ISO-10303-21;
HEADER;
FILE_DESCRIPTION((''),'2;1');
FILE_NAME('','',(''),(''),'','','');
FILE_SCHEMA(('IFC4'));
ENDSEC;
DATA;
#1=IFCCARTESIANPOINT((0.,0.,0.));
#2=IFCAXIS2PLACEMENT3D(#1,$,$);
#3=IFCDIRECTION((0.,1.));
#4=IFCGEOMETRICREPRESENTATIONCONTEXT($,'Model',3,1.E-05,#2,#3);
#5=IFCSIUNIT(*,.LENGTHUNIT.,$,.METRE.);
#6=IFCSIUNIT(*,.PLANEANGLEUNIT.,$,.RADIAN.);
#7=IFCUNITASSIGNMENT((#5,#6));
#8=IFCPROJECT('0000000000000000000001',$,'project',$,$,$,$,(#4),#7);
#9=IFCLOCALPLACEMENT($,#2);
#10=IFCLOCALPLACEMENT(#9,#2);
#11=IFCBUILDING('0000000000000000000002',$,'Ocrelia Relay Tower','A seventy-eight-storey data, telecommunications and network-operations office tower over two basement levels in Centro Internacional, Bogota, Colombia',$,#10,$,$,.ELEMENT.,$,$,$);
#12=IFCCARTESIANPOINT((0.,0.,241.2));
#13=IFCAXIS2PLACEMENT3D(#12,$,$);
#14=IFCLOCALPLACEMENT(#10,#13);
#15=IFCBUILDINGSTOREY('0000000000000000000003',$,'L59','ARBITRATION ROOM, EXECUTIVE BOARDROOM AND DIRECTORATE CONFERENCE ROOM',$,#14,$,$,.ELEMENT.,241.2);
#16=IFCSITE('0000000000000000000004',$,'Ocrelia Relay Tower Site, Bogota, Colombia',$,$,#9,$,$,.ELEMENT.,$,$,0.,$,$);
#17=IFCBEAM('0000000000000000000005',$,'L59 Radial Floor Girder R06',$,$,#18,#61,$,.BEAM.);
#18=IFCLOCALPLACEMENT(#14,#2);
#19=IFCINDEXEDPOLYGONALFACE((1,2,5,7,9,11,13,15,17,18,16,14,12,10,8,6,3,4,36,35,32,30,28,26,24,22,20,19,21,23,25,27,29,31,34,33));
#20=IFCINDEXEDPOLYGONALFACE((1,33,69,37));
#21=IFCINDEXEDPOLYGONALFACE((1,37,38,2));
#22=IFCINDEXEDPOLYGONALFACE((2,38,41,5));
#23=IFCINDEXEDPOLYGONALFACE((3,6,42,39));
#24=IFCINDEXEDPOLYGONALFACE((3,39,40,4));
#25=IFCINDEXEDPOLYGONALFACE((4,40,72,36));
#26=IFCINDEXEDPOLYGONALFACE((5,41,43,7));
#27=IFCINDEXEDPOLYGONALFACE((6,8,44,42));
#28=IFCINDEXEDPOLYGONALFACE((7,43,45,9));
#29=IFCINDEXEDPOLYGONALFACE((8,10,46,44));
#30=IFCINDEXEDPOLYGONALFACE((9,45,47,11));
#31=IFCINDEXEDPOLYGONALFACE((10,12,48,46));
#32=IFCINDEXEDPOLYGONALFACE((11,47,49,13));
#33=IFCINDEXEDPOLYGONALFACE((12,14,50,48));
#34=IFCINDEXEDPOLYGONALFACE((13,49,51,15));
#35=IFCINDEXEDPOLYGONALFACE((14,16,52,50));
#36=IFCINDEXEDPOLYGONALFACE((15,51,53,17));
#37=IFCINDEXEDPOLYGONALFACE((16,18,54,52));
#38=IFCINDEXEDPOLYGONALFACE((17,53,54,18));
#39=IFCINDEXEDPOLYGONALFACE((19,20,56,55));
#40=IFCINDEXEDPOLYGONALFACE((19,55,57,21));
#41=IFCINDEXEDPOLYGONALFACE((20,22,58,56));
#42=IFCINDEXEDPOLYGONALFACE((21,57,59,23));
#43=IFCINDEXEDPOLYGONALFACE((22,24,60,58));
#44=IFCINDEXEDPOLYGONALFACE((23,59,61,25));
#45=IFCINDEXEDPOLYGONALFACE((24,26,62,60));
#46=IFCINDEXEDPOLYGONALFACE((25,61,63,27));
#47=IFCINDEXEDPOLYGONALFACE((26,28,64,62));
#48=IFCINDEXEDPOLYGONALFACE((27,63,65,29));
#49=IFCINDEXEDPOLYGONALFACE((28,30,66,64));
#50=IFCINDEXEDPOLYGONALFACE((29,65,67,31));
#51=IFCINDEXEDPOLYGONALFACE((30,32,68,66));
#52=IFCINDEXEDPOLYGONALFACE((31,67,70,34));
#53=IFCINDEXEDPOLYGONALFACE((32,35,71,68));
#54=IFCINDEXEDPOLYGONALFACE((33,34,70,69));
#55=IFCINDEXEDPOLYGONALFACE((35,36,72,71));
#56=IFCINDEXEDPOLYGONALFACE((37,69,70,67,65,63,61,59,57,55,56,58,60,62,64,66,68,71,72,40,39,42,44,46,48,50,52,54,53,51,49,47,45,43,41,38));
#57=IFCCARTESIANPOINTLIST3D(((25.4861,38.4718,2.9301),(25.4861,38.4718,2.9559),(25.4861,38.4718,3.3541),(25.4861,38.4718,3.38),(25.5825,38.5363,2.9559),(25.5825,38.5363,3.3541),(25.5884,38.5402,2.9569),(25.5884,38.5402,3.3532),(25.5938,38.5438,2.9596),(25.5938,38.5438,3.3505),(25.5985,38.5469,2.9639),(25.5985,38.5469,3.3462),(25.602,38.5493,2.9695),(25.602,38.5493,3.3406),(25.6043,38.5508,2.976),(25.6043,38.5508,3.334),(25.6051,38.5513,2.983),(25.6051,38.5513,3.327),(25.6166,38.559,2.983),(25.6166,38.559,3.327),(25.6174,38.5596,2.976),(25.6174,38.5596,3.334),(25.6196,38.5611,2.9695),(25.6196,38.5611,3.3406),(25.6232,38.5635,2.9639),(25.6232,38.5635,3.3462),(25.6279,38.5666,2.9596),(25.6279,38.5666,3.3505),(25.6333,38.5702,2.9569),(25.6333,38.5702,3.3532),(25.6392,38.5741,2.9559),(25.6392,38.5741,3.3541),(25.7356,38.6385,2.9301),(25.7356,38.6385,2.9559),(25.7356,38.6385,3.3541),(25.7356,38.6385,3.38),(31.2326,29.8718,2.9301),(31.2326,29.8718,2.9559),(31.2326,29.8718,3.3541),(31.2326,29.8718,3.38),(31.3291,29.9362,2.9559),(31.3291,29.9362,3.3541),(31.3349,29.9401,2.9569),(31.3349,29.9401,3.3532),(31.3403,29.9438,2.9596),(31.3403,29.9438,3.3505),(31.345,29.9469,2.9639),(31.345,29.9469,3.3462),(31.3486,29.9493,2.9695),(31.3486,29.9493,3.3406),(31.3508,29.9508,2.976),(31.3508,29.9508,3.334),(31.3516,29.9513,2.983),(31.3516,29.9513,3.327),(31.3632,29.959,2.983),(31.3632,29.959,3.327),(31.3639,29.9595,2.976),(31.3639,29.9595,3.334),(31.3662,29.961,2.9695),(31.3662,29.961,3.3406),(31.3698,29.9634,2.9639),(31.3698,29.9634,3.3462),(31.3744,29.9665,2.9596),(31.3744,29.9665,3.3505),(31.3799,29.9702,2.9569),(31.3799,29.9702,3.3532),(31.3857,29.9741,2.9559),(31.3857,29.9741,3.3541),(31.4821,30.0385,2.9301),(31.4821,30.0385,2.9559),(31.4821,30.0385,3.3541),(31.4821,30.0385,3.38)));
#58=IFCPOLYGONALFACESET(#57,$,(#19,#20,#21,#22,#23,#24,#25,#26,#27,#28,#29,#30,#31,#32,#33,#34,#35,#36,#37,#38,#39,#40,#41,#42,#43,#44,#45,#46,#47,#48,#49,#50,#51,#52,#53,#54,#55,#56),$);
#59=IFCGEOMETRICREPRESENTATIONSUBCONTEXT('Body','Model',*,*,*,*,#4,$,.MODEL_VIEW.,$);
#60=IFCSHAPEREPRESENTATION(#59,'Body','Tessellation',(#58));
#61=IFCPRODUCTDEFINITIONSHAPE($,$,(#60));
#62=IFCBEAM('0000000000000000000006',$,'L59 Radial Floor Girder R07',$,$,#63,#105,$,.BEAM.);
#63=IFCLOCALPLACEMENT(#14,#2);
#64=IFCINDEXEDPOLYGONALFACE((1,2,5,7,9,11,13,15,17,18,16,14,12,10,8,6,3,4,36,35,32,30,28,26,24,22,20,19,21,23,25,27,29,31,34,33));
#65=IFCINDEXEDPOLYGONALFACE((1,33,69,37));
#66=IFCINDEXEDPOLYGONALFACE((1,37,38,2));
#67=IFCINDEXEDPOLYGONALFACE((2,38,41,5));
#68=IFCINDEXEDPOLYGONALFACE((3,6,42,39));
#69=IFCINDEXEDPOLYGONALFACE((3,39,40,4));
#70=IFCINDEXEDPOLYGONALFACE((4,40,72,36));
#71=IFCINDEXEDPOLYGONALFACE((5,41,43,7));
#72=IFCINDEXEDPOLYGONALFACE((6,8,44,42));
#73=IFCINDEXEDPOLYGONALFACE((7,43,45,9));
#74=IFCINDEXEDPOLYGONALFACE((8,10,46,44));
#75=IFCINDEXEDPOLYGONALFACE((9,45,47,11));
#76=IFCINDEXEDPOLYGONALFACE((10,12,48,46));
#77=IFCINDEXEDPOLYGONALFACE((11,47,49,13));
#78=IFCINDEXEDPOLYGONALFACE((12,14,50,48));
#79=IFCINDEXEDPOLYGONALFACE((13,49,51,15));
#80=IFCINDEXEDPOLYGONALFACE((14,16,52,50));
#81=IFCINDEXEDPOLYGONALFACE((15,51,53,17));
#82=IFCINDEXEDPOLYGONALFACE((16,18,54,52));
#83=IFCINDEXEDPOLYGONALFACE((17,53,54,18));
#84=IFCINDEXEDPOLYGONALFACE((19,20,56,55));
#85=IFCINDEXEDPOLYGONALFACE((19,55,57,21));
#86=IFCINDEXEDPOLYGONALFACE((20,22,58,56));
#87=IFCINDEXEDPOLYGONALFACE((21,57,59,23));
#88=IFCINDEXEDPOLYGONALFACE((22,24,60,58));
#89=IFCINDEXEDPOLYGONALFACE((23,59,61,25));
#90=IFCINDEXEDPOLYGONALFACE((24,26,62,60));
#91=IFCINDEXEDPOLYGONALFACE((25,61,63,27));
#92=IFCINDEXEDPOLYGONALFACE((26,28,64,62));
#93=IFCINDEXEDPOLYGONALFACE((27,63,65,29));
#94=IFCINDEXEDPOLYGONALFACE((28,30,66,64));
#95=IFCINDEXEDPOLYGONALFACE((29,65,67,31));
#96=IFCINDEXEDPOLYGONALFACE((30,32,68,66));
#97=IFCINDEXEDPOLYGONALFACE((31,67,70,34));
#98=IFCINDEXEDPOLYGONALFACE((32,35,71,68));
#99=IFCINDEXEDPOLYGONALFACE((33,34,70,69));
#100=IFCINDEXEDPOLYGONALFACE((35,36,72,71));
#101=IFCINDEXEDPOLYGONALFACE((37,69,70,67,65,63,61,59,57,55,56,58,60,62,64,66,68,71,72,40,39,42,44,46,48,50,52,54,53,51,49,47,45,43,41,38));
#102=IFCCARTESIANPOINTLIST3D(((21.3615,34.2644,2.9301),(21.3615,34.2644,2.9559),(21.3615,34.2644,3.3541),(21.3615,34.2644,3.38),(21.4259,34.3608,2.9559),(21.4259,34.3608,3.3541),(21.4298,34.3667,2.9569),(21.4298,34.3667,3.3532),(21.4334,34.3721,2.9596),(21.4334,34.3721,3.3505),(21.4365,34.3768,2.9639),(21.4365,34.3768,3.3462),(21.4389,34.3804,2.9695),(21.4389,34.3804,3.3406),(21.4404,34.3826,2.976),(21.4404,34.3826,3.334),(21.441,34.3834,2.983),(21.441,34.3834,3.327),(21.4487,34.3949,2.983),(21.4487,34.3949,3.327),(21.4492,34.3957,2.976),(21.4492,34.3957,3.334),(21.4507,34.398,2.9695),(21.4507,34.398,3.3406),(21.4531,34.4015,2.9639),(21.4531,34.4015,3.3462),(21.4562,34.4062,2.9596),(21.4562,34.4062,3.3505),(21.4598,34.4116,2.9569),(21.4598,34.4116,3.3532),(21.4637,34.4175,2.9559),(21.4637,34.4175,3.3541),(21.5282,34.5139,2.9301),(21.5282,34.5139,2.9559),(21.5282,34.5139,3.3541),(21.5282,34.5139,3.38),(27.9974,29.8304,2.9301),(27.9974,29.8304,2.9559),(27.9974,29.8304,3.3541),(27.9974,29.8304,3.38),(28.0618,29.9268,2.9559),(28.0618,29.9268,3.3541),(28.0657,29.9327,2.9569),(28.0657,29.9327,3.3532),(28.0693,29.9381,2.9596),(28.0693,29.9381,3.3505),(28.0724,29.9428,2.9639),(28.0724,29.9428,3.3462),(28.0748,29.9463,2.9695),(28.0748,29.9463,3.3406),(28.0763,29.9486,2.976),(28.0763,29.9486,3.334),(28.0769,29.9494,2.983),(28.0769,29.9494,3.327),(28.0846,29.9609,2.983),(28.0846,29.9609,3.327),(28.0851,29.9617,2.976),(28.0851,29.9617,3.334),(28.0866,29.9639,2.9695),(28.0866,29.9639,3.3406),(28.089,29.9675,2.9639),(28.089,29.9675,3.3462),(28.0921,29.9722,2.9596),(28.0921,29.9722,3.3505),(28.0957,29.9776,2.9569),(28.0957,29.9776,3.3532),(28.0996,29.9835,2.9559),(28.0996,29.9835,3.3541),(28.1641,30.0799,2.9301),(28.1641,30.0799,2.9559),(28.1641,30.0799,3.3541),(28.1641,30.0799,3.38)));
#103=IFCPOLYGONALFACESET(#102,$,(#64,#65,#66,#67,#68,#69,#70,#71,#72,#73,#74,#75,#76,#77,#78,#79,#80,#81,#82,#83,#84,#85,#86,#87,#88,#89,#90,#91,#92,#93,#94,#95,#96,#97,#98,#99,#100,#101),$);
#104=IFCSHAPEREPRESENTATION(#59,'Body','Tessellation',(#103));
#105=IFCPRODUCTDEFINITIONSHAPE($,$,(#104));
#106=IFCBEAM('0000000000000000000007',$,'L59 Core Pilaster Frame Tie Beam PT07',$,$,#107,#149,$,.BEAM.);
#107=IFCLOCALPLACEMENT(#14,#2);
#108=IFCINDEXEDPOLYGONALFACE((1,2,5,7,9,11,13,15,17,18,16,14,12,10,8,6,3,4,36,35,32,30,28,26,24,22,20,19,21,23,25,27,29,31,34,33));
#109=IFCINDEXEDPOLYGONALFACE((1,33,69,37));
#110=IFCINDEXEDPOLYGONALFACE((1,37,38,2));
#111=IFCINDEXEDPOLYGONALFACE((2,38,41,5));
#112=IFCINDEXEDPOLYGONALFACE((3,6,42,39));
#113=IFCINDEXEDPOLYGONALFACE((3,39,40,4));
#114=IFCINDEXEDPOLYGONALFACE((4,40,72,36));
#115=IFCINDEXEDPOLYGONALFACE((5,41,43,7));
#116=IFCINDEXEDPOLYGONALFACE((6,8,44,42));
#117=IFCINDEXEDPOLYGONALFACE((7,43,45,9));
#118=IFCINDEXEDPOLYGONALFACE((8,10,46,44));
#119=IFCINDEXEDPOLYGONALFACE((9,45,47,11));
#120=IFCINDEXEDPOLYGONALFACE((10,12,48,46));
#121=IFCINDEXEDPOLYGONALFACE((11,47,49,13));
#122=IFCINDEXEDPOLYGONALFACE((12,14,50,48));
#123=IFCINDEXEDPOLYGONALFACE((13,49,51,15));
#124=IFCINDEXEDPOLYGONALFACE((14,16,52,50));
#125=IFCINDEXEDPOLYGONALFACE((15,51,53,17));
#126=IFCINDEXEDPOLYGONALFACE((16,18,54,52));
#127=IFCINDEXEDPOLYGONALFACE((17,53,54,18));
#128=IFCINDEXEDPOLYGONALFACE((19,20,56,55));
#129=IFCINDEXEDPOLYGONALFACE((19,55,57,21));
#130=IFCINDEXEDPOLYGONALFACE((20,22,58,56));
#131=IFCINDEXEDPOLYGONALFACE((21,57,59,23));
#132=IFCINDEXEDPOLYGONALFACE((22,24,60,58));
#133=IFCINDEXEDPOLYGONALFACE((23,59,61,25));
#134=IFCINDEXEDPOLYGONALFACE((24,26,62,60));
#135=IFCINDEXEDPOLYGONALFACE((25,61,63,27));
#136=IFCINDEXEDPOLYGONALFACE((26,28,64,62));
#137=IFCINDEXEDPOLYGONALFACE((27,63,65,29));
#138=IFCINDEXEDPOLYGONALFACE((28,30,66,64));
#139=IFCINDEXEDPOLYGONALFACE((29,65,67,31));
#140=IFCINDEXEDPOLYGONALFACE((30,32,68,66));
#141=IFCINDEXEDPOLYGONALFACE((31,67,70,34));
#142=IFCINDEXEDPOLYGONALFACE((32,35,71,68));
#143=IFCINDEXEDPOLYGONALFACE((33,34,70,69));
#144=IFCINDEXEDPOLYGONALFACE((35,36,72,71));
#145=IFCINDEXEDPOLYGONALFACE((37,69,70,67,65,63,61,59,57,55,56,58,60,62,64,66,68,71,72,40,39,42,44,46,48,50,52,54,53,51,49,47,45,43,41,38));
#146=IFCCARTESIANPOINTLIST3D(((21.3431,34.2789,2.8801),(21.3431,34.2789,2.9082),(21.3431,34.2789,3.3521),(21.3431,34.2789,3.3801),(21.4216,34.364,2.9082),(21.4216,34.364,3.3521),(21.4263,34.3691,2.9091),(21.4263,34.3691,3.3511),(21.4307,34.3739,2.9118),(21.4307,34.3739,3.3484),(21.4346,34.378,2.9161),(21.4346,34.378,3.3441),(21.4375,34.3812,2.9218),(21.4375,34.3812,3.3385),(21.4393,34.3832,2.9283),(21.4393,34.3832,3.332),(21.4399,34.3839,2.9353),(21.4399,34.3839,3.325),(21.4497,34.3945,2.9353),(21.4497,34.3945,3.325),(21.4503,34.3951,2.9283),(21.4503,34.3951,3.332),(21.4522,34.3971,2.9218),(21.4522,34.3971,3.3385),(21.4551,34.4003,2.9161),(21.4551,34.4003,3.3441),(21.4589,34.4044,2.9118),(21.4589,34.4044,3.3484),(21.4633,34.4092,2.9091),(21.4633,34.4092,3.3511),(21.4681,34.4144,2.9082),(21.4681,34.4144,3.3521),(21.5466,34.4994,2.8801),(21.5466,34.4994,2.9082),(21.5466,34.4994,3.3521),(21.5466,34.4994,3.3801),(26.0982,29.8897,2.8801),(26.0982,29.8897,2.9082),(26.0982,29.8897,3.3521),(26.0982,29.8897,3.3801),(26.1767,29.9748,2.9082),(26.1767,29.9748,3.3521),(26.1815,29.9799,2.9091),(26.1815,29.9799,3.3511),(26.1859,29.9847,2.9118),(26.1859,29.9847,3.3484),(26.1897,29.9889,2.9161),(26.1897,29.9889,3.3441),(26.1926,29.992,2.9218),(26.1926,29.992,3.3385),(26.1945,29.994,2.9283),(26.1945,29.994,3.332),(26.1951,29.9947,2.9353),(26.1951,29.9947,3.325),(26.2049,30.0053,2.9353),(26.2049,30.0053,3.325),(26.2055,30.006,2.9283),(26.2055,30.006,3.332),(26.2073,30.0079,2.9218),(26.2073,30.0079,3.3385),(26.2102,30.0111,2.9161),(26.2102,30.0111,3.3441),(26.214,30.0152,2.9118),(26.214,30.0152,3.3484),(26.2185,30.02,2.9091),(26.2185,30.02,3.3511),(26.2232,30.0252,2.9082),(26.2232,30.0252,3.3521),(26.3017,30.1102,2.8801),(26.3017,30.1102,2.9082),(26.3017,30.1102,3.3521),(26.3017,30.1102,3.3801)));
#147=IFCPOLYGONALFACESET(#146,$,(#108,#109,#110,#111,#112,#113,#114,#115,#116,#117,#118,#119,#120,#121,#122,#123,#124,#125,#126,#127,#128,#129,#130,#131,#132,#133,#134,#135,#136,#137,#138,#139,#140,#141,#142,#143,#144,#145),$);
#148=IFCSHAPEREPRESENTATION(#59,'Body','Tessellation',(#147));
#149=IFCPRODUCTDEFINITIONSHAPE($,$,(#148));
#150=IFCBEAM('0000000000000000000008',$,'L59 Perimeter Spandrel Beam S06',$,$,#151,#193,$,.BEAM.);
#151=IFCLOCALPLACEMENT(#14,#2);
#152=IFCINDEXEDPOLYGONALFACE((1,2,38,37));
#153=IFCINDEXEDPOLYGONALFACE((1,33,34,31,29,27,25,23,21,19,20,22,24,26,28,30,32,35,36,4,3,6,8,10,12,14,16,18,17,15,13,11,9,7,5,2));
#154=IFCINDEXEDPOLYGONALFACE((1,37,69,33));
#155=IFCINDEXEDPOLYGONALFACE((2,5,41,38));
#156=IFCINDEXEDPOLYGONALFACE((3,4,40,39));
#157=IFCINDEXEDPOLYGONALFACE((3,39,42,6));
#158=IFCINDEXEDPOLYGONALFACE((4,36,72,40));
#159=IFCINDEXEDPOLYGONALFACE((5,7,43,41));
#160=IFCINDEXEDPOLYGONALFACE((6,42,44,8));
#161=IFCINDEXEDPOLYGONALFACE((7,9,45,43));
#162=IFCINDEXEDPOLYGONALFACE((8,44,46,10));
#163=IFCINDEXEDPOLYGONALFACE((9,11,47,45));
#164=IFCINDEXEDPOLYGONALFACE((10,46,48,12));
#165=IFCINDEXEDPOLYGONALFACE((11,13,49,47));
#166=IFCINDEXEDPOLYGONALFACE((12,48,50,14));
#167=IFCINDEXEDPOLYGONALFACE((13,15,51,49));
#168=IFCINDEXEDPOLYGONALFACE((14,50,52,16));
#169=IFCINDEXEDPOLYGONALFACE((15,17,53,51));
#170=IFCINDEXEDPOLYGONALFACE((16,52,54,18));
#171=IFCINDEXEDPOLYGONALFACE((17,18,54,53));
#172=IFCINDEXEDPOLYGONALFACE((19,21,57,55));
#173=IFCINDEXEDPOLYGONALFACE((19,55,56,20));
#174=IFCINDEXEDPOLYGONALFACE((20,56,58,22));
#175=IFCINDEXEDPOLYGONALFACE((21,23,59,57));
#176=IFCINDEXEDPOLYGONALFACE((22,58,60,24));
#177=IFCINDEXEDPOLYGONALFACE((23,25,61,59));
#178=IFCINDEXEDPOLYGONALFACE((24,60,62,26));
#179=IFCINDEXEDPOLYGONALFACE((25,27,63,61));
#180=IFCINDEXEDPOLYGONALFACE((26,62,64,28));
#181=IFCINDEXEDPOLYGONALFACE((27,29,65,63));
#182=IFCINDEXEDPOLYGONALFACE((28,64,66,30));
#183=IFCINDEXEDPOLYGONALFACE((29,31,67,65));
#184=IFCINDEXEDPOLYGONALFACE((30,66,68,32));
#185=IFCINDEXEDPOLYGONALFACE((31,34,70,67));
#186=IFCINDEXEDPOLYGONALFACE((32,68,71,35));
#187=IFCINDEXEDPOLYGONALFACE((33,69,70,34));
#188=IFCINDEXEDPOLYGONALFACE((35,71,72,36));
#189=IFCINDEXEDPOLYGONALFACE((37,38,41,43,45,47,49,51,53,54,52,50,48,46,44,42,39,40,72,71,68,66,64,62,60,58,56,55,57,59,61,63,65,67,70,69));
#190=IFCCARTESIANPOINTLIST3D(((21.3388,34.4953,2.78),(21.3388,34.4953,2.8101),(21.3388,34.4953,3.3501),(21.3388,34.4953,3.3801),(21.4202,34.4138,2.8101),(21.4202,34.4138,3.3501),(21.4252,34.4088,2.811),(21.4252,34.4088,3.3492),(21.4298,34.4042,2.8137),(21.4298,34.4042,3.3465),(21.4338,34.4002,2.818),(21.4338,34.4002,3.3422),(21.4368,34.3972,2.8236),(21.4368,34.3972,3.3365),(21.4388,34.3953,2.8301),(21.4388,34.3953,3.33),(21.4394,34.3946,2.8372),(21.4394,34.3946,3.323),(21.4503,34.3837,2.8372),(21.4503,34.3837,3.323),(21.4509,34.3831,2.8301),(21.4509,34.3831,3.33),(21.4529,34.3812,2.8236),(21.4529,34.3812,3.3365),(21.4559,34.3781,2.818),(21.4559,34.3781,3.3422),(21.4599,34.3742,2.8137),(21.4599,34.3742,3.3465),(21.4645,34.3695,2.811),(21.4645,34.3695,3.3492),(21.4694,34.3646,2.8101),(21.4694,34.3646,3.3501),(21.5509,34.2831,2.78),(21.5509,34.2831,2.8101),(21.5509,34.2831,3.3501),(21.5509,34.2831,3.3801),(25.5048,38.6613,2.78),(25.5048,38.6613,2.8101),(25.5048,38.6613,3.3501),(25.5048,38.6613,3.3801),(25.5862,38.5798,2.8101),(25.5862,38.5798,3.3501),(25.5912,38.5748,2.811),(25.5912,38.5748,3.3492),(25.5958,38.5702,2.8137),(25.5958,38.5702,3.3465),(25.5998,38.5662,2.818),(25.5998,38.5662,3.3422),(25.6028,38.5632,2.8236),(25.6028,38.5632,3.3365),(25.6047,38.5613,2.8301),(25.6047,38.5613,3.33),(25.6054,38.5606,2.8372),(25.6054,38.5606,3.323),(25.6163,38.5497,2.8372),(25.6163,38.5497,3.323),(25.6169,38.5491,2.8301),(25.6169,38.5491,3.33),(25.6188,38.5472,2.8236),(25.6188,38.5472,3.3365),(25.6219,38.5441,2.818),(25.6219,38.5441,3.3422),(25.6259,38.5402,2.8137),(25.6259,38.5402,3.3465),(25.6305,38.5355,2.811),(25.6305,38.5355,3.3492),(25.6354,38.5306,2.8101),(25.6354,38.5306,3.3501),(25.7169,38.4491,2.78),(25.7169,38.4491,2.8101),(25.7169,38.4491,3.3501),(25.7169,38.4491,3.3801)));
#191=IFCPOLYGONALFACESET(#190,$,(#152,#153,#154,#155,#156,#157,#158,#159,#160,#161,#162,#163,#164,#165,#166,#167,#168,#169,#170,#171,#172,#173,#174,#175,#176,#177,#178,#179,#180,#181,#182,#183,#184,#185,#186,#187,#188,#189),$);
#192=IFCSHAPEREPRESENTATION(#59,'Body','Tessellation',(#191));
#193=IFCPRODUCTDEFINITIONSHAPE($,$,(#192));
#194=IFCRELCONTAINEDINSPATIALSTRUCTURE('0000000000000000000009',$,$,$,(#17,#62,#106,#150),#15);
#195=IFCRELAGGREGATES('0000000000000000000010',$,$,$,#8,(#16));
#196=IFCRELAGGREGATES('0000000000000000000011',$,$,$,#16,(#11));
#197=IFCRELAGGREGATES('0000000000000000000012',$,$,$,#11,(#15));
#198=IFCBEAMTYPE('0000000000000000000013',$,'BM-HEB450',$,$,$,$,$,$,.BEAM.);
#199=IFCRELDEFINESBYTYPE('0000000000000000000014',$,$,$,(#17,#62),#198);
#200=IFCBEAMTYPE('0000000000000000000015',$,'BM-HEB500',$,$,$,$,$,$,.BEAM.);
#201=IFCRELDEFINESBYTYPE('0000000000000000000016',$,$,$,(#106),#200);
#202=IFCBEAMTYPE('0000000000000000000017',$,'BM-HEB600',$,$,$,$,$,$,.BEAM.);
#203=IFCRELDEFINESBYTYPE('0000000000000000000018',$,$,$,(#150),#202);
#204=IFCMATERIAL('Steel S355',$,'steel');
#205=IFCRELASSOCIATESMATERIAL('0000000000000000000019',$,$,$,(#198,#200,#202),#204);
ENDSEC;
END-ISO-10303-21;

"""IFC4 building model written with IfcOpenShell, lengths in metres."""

from ifc_helpers import new_model, si_unit, direction, frame, origin, origin_2d, place, context, subcontext, project, spatial, i_section, extrude, material, material_profile, profile_set, type_object, element, save


model = new_model("IFC4")

# Units and contexts
model_context = context("Model", 3, precision=1e-05, world=origin(), true_north=direction((0.0, 1.0)))
body_context = subcontext(model_context, "Body", "Model", "MODEL_VIEW")
ifc_project = project(units=[si_unit("LENGTHUNIT", "METRE"), si_unit("PLANEANGLEUNIT", "RADIAN")], contexts=[model_context])

# Site, building, storey
site_placement = place(None, origin())
site = spatial("IfcSite", under=ifc_project, at=site_placement, Name="Ocrelia Relay Tower Site, Bogota, Colombia", CompositionType="ELEMENT", RefElevation=0.0)
building_placement = place(site_placement, origin())
building = spatial("IfcBuilding", under=site, at=building_placement, Name="Ocrelia Relay Tower", Description="A seventy-eight-storey data, telecommunications and network-operations office tower over two basement levels in Centro Internacional, Bogota, Colombia", CompositionType="ELEMENT")
storey_placement = place(building_placement, frame((0.0, 0.0, 241.2)))
storey = spatial("IfcBuildingStorey", under=building, at=storey_placement, Name="L59", Description="ARBITRATION ROOM, EXECUTIVE BOARDROOM AND DIRECTORATE CONFERENCE ROOM", CompositionType="ELEMENT", Elevation=241.2)

# Beams
ifc_material_1 = material(Name="Steel S355", Category="steel")
ifc_material_profile_1 = material_profile(ifc_material_1, i_section(OverallWidth=0.3, OverallDepth=0.45, WebThickness=0.0139, FlangeThickness=0.0259, FilletRadius=0.0271, at=origin_2d()), Name="HEB 450")
ifc_profile_set_1 = profile_set([ifc_material_profile_1], Name="Steel S355")
beam_type_1 = type_object("IfcBeamType", Name="BM-HEB450", PredefinedType="BEAM", material=ifc_profile_set_1)
beam_1_placement = place(storey_placement, frame((25.6108, 38.5552, 3.155), z_axis=(0.555582, -0.831462, 0.0), x_axis=(0.831462, 0.555582, 0.0)))
element("IfcBeam", 1, at=beam_1_placement, inside=storey, type_object=beam_type_1, Name="L59 Radial Floor Girder R06", PredefinedType="BEAM", context=body_context, shape_type="SweptSolid", body=[
    extrude(i_section(OverallWidth=0.3, OverallDepth=0.45, WebThickness=0.0139, FlangeThickness=0.0259, FilletRadius=0.0271, at=origin_2d()), origin(), (0.0, 0.0, 1.0), 10.3433),
])
beam_2_placement = place(storey_placement, frame((21.4448, 34.3892, 3.155), z_axis=(0.831466, -0.555575, 0.0), x_axis=(0.555575, 0.831466, 0.0)))
element("IfcBeam", 2, at=beam_2_placement, inside=storey, type_object=beam_type_1, Name="L59 Radial Floor Girder R07", PredefinedType="BEAM", context=body_context, shape_type="SweptSolid", body=[
    extrude(i_section(OverallWidth=0.3, OverallDepth=0.45, WebThickness=0.0139, FlangeThickness=0.0259, FilletRadius=0.0271, at=origin_2d()), origin(), (0.0, 0.0, 1.0), 7.981),
])
ifc_material_profile_2 = material_profile(ifc_material_1, i_section(OverallWidth=0.3, OverallDepth=0.5, WebThickness=0.0144, FlangeThickness=0.0281, FilletRadius=0.0271, at=origin_2d()), Name="HEB 500")
ifc_profile_set_2 = profile_set([ifc_material_profile_2], Name="Steel S355")
beam_type_2 = type_object("IfcBeamType", Name="BM-HEB500", PredefinedType="BEAM", material=ifc_profile_set_2)
beam_3_placement = place(storey_placement, frame((21.4448, 34.3892, 3.1301), z_axis=(0.734818, -0.678264, 0.0), x_axis=(0.678264, 0.734818, 0.0)))
element("IfcBeam", 3, at=beam_3_placement, inside=storey, type_object=beam_type_2, Name="L59 Core Pilaster Frame Tie Beam PT07", PredefinedType="BEAM", context=body_context, shape_type="SweptSolid", body=[
    extrude(i_section(OverallWidth=0.3, OverallDepth=0.5, WebThickness=0.0144, FlangeThickness=0.0281, FilletRadius=0.0271, at=origin_2d()), origin(), (0.0, 0.0, 1.0), 6.4712),
])
ifc_material_profile_3 = material_profile(ifc_material_1, i_section(OverallWidth=0.3, OverallDepth=0.6001, WebThickness=0.0154, FlangeThickness=0.03, FilletRadius=0.0271, at=origin_2d()), Name="HEB 600")
ifc_profile_set_3 = profile_set([ifc_material_profile_3], Name="Steel S355")
beam_type_3 = type_object("IfcBeamType", Name="BM-HEB600", PredefinedType="BEAM", material=ifc_profile_set_3)
beam_4_placement = place(storey_placement, frame((25.6108, 38.5552, 3.0801), z_axis=(-0.707107, -0.707107, 0.0), x_axis=(0.707107, -0.707107, 0.0)))
element("IfcBeam", 4, at=beam_4_placement, inside=storey, type_object=beam_type_3, Name="L59 Perimeter Spandrel Beam S06", PredefinedType="BEAM", context=body_context, shape_type="SweptSolid", body=[
    extrude(i_section(OverallWidth=0.3, OverallDepth=0.6001, WebThickness=0.0154, FlangeThickness=0.03, FilletRadius=0.0271, at=origin_2d()), origin(), (0.0, 0.0, 1.0), 5.8916),
])

save(model, "model.ifc")
